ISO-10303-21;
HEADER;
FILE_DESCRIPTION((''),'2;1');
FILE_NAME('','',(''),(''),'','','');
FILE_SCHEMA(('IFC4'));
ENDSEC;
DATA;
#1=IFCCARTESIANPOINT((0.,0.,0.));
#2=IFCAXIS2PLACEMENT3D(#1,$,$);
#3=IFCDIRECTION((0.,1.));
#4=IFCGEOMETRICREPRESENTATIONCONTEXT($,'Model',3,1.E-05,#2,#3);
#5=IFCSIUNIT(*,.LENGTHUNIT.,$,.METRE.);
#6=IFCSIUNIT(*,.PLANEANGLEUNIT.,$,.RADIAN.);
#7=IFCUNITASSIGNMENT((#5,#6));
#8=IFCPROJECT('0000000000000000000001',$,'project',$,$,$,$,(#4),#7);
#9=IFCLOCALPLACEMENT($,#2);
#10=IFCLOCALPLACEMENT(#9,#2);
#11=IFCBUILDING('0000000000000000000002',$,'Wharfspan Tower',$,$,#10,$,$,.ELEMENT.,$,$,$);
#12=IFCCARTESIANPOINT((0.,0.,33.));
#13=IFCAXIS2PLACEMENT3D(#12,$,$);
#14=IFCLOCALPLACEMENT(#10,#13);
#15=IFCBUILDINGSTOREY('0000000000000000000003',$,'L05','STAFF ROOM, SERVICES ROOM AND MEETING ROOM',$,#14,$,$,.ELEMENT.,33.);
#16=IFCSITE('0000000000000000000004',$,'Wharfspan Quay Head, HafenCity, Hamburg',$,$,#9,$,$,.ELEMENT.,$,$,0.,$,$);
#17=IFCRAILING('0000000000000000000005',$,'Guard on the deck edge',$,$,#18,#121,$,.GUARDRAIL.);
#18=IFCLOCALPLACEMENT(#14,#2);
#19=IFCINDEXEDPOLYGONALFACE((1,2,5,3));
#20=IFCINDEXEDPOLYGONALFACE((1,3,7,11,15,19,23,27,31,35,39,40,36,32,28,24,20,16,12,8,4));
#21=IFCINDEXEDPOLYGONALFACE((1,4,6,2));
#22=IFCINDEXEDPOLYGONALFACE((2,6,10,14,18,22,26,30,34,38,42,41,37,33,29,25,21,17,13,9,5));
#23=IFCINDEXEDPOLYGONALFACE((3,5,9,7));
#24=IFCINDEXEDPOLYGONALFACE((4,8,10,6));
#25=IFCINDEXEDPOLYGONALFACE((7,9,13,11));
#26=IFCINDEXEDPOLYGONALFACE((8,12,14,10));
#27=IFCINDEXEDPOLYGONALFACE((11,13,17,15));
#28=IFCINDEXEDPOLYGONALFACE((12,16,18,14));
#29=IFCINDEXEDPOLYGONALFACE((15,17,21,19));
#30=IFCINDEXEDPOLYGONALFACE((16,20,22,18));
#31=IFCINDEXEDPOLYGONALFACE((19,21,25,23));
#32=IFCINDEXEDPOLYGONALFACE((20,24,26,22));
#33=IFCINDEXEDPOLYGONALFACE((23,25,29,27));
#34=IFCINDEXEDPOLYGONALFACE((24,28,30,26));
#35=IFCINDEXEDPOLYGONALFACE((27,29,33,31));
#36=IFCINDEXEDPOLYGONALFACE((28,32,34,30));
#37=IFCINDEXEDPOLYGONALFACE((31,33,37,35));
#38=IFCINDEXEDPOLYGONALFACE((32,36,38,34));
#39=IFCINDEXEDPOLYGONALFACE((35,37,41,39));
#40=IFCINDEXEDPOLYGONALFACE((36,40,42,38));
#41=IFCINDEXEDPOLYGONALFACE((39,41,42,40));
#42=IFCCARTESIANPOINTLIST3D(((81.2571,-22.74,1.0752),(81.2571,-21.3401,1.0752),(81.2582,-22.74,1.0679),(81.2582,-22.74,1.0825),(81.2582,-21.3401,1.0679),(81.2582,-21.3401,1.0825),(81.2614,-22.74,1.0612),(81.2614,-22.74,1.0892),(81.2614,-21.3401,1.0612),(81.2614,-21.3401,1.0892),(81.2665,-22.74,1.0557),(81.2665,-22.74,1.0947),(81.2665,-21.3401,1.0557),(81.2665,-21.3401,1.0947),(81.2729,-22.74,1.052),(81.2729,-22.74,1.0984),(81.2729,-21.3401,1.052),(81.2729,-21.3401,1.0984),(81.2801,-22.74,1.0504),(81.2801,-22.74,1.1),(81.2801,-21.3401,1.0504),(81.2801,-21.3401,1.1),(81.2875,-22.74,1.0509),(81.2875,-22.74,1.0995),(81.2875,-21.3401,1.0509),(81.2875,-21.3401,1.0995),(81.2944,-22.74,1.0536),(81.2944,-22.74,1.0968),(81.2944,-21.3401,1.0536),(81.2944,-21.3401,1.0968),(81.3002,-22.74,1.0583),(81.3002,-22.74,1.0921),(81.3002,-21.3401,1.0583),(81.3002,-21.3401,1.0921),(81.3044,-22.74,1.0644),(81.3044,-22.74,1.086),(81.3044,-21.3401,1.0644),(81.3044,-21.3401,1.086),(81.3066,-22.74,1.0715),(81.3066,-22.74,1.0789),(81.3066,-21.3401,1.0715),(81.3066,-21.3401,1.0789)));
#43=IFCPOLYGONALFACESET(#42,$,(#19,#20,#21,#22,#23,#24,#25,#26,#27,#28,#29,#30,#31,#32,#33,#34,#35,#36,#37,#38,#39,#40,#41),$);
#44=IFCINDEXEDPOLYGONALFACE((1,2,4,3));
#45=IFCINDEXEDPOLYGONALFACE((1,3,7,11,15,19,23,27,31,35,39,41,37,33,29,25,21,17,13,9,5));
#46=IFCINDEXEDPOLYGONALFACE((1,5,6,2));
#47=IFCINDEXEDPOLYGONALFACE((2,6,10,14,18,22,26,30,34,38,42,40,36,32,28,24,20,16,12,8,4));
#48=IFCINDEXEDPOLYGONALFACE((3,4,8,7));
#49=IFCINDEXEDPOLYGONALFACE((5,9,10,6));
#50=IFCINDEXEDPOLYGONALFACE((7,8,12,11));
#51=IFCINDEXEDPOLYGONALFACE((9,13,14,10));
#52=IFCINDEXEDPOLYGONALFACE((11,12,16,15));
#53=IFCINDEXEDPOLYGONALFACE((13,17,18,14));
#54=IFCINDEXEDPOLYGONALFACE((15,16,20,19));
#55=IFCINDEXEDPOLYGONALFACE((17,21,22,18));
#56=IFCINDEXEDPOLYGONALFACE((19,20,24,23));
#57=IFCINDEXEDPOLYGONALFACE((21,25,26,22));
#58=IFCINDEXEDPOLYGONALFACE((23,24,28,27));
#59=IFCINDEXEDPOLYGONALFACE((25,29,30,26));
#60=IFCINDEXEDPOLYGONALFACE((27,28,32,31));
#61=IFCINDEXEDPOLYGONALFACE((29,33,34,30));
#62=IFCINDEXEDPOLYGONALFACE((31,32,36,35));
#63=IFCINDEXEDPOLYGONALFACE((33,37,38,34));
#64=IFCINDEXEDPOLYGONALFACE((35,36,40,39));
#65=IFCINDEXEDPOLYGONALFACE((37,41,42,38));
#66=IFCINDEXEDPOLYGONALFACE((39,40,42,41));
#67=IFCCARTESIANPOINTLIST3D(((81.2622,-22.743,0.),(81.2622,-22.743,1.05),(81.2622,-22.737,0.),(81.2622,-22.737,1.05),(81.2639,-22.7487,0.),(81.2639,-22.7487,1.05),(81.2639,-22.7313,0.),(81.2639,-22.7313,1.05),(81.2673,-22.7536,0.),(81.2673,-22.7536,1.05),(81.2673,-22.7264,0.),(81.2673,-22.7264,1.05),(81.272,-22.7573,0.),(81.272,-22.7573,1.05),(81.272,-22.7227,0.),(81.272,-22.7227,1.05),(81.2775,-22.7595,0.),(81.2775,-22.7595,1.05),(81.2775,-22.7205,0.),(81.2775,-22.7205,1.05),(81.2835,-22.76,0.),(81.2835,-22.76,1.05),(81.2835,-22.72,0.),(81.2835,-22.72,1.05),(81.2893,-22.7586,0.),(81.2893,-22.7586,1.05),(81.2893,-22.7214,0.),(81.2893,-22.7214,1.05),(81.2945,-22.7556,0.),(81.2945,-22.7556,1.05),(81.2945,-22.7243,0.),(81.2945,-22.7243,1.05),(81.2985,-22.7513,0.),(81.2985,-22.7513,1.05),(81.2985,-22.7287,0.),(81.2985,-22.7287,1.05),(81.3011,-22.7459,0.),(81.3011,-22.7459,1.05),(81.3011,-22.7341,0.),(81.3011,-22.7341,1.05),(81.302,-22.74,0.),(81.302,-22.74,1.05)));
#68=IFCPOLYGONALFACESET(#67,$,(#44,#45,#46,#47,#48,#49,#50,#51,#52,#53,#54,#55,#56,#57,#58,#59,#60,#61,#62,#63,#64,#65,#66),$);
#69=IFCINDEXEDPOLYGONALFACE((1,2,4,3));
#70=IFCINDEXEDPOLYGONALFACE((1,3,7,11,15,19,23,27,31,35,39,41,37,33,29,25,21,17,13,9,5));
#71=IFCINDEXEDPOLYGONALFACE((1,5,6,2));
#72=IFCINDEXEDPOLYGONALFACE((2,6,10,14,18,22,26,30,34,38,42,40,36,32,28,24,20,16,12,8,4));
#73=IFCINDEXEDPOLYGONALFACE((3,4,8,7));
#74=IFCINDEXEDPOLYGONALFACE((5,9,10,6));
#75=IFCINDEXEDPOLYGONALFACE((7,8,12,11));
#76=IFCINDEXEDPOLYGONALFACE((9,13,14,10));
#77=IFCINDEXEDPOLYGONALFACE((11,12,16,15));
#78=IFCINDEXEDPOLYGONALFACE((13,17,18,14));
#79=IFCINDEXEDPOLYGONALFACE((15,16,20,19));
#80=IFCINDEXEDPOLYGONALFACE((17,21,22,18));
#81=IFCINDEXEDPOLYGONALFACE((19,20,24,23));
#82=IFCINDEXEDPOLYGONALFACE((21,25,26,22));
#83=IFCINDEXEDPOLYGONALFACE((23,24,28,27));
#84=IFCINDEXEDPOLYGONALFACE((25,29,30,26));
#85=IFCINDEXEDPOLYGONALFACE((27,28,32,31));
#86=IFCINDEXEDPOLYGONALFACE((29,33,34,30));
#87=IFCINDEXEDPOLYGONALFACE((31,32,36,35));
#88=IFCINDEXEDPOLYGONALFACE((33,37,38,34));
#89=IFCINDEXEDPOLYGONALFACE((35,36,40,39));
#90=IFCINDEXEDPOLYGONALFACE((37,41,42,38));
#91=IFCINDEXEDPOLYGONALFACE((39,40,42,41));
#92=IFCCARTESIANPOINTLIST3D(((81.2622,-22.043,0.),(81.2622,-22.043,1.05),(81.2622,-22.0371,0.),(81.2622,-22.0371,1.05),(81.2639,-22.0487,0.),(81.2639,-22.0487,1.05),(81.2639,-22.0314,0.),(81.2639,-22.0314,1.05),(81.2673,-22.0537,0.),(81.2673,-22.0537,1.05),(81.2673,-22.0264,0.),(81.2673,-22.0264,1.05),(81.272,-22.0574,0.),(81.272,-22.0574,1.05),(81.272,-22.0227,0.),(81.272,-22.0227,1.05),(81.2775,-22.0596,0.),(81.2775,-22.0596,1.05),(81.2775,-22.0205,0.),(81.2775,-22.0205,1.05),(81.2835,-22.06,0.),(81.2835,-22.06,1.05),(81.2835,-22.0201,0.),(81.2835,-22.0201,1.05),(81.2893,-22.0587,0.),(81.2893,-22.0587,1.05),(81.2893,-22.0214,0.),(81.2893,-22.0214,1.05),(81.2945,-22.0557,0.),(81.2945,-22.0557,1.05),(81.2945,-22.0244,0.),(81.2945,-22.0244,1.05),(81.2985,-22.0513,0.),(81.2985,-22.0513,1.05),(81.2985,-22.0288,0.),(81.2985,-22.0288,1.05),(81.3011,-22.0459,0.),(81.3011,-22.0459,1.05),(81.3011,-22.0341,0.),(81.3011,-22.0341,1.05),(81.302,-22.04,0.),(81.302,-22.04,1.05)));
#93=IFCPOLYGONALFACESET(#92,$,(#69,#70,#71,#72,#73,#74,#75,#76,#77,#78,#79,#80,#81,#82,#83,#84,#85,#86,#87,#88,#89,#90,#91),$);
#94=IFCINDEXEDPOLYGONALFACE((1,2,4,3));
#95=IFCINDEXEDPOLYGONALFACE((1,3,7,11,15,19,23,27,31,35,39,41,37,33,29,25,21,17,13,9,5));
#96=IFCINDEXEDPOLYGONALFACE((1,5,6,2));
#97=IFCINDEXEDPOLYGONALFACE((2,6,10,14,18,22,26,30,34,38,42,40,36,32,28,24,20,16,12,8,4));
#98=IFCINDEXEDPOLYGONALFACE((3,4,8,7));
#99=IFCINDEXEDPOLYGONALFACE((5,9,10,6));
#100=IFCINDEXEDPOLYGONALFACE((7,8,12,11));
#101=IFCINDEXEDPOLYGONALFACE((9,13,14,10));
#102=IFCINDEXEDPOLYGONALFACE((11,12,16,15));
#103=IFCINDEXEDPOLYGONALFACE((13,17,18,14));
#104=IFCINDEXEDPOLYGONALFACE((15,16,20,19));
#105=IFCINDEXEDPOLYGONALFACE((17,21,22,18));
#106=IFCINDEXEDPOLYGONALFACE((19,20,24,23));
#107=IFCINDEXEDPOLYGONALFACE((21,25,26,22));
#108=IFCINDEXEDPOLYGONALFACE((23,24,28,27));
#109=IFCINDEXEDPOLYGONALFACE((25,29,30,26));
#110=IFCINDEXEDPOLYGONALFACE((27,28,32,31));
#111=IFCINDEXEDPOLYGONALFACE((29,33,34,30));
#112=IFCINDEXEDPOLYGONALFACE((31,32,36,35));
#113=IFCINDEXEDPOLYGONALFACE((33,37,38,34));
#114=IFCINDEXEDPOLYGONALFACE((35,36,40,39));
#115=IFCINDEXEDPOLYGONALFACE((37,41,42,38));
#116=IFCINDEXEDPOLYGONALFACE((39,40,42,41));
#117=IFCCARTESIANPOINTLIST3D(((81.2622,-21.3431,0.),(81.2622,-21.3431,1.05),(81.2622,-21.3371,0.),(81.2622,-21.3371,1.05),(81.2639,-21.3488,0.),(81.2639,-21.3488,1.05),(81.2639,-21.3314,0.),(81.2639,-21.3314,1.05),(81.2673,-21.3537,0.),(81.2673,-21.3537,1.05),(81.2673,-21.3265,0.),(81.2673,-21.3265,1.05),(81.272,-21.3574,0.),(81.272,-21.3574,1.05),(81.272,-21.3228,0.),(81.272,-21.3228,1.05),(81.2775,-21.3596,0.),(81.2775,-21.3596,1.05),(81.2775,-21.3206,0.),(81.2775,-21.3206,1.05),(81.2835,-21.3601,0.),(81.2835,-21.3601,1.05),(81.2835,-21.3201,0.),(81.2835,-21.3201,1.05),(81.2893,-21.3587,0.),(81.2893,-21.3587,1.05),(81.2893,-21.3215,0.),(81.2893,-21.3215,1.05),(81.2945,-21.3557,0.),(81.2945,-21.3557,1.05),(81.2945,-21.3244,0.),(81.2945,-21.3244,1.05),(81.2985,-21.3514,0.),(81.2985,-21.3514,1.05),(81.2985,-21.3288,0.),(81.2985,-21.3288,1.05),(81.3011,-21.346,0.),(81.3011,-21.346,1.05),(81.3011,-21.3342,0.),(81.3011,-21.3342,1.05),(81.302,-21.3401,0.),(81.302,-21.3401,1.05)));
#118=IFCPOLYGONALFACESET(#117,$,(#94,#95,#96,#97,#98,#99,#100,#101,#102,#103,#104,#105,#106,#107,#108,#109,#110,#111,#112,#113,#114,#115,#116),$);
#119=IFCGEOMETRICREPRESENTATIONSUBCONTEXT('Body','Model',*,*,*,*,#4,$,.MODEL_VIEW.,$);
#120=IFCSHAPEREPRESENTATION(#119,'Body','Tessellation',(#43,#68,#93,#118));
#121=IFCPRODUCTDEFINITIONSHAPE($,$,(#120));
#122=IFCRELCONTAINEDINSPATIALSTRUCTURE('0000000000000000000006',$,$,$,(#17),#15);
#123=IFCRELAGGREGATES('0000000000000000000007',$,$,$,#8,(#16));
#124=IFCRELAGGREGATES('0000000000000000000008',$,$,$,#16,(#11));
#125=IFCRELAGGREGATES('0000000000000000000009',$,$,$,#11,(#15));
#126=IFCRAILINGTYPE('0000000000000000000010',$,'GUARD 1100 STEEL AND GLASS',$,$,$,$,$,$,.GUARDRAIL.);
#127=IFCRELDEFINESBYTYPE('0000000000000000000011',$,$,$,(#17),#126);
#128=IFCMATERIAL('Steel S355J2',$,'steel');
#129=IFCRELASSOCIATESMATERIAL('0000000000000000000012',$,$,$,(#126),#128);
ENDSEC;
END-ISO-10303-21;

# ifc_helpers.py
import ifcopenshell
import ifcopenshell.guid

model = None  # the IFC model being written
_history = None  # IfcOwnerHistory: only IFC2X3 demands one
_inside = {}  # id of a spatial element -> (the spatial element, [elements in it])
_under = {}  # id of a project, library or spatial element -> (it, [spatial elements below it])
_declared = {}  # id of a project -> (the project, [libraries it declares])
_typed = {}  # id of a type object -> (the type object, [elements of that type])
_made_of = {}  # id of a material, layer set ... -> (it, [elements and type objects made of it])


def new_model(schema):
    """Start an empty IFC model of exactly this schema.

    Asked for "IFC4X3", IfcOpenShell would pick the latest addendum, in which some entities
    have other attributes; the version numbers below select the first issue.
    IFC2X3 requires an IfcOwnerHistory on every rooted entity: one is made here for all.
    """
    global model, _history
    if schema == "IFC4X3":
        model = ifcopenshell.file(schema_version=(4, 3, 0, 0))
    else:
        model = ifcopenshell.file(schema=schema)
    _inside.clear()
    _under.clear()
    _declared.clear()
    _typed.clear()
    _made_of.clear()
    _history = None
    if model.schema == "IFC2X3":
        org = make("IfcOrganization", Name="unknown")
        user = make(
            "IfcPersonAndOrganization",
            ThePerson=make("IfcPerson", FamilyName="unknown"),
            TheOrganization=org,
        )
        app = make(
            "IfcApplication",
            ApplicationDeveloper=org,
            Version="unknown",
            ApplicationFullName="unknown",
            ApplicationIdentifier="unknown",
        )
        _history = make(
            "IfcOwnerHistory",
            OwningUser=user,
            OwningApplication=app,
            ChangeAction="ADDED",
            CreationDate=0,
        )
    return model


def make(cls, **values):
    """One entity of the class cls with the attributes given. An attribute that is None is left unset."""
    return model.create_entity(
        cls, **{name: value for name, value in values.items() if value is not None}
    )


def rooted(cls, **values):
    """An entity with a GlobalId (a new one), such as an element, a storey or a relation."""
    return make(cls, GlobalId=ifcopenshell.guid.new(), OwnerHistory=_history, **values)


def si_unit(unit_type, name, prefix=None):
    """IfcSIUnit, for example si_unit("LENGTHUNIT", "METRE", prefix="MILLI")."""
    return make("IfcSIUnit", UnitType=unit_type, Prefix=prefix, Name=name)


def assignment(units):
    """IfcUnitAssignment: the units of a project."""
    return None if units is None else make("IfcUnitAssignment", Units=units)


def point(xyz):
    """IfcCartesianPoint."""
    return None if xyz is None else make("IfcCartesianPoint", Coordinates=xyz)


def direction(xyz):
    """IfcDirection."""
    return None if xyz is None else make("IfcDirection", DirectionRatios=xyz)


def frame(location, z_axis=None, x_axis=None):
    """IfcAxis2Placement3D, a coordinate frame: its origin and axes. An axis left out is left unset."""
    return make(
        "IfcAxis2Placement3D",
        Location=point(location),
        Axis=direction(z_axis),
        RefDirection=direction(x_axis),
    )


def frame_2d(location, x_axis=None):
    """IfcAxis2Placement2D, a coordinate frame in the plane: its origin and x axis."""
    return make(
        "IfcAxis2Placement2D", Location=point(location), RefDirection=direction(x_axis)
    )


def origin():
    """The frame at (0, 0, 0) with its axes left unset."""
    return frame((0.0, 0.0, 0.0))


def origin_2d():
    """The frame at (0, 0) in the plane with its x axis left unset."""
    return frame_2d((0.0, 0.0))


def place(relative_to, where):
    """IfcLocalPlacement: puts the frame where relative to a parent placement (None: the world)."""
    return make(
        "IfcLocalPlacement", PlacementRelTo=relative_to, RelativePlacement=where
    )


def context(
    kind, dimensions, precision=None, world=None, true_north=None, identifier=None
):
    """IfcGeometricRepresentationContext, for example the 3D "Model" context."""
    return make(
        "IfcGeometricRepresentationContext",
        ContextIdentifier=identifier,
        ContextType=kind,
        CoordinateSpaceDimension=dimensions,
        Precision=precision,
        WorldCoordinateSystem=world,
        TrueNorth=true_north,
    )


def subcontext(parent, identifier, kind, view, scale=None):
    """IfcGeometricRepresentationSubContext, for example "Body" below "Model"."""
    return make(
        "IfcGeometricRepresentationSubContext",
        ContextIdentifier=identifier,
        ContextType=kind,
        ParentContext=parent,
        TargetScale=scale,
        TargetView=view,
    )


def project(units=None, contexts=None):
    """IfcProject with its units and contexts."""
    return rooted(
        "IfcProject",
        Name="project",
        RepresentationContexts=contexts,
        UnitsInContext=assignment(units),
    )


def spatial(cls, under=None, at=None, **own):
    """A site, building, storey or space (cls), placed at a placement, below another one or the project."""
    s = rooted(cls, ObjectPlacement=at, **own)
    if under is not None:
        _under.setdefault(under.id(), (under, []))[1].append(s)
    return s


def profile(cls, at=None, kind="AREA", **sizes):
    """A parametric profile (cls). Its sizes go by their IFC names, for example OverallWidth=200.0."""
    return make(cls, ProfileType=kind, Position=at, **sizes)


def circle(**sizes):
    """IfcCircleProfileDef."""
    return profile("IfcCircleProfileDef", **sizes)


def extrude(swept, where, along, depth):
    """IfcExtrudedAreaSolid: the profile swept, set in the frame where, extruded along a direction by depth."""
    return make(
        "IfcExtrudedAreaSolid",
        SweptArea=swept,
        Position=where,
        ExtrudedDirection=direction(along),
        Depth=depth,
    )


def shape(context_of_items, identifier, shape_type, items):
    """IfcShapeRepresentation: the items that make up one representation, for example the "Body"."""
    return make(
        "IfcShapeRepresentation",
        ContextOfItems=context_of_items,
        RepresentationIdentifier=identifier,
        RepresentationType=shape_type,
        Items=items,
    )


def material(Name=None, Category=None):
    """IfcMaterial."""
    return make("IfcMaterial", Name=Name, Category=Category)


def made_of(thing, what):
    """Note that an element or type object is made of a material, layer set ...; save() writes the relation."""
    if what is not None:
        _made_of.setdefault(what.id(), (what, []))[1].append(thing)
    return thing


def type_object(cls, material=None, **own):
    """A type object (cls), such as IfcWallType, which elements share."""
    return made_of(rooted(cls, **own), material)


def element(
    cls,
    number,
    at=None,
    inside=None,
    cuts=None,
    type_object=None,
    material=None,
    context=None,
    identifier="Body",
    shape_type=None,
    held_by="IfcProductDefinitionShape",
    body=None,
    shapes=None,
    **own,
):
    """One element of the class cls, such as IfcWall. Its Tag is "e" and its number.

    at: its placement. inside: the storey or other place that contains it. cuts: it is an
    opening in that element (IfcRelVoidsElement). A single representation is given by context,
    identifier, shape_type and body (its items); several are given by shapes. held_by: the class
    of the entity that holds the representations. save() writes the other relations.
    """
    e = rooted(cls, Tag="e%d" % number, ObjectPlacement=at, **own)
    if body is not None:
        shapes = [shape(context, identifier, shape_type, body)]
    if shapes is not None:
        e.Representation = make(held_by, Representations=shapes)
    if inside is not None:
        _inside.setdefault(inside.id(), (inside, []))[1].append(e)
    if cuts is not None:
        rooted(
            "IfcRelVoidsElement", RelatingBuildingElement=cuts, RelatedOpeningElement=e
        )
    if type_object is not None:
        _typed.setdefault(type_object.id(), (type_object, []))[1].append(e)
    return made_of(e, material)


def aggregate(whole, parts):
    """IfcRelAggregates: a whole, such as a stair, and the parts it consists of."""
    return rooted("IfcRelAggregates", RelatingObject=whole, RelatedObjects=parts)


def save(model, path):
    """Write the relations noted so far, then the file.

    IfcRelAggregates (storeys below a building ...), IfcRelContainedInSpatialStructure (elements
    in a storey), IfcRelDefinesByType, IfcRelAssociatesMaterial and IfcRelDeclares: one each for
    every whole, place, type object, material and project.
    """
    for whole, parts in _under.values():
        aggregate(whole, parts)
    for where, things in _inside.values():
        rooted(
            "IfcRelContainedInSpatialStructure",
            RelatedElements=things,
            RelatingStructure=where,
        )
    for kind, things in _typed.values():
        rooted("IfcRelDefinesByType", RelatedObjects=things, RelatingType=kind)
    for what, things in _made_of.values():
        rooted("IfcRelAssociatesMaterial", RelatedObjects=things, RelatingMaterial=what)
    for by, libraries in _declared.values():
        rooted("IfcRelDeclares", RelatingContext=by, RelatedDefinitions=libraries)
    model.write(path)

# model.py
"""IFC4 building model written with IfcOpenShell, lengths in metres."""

from ifc_helpers import new_model, si_unit, direction, frame, origin, origin_2d, place, context, subcontext, project, spatial, circle, extrude, material, type_object, element, save


model = new_model("IFC4")

# Units and contexts
model_context = context("Model", 3, precision=1e-05, world=origin(), true_north=direction((0.0, 1.0)))
body_context = subcontext(model_context, "Body", "Model", "MODEL_VIEW")
ifc_project = project(units=[si_unit("LENGTHUNIT", "METRE"), si_unit("PLANEANGLEUNIT", "RADIAN")], contexts=[model_context])

# Site, building, storey
site_placement = place(None, origin())
site = spatial("IfcSite", under=ifc_project, at=site_placement, Name="Wharfspan Quay Head, HafenCity, Hamburg", CompositionType="ELEMENT", RefElevation=0.0)
building_placement = place(site_placement, origin())
building = spatial("IfcBuilding", under=site, at=building_placement, Name="Wharfspan Tower", CompositionType="ELEMENT")
storey_placement = place(building_placement, frame((0.0, 0.0, 33.0)))
storey = spatial("IfcBuildingStorey", under=building, at=storey_placement, Name="L05", Description="STAFF ROOM, SERVICES ROOM AND MEETING ROOM", CompositionType="ELEMENT", Elevation=33.0)

# Railing
ifc_material_1 = material(Name="Steel S355J2", Category="steel")
railing_type = type_object("IfcRailingType", Name="GUARD 1100 STEEL AND GLASS", PredefinedType="GUARDRAIL", material=ifc_material_1)
railing_1_placement = place(storey_placement, frame((81.282, -22.74, 0.0)))
element("IfcRailing", 1, at=railing_1_placement, inside=storey, type_object=railing_type, Name="Guard on the deck edge", PredefinedType="GUARDRAIL", context=body_context, shape_type="SweptSolid", body=[
    extrude(circle(Radius=0.0249, at=origin_2d()), frame((0.0, 0.0, 1.0752), z_axis=(0.0, 1.0, 0.0), x_axis=(-1.0, 0.0, 0.0)), (0.0, 0.0, 1.0), 1.3999),
    extrude(circle(Radius=0.02, at=origin_2d()), origin(), (0.0, 0.0, 1.0), 1.05),
    extrude(circle(Radius=0.02, at=origin_2d()), frame((0.0, 0.7, 0.0)), (0.0, 0.0, 1.0), 1.05),
    extrude(circle(Radius=0.02, at=origin_2d()), frame((0.0, 1.3999, 0.0)), (0.0, 0.0, 1.0), 1.05),
])

save(model, "model.ifc")
